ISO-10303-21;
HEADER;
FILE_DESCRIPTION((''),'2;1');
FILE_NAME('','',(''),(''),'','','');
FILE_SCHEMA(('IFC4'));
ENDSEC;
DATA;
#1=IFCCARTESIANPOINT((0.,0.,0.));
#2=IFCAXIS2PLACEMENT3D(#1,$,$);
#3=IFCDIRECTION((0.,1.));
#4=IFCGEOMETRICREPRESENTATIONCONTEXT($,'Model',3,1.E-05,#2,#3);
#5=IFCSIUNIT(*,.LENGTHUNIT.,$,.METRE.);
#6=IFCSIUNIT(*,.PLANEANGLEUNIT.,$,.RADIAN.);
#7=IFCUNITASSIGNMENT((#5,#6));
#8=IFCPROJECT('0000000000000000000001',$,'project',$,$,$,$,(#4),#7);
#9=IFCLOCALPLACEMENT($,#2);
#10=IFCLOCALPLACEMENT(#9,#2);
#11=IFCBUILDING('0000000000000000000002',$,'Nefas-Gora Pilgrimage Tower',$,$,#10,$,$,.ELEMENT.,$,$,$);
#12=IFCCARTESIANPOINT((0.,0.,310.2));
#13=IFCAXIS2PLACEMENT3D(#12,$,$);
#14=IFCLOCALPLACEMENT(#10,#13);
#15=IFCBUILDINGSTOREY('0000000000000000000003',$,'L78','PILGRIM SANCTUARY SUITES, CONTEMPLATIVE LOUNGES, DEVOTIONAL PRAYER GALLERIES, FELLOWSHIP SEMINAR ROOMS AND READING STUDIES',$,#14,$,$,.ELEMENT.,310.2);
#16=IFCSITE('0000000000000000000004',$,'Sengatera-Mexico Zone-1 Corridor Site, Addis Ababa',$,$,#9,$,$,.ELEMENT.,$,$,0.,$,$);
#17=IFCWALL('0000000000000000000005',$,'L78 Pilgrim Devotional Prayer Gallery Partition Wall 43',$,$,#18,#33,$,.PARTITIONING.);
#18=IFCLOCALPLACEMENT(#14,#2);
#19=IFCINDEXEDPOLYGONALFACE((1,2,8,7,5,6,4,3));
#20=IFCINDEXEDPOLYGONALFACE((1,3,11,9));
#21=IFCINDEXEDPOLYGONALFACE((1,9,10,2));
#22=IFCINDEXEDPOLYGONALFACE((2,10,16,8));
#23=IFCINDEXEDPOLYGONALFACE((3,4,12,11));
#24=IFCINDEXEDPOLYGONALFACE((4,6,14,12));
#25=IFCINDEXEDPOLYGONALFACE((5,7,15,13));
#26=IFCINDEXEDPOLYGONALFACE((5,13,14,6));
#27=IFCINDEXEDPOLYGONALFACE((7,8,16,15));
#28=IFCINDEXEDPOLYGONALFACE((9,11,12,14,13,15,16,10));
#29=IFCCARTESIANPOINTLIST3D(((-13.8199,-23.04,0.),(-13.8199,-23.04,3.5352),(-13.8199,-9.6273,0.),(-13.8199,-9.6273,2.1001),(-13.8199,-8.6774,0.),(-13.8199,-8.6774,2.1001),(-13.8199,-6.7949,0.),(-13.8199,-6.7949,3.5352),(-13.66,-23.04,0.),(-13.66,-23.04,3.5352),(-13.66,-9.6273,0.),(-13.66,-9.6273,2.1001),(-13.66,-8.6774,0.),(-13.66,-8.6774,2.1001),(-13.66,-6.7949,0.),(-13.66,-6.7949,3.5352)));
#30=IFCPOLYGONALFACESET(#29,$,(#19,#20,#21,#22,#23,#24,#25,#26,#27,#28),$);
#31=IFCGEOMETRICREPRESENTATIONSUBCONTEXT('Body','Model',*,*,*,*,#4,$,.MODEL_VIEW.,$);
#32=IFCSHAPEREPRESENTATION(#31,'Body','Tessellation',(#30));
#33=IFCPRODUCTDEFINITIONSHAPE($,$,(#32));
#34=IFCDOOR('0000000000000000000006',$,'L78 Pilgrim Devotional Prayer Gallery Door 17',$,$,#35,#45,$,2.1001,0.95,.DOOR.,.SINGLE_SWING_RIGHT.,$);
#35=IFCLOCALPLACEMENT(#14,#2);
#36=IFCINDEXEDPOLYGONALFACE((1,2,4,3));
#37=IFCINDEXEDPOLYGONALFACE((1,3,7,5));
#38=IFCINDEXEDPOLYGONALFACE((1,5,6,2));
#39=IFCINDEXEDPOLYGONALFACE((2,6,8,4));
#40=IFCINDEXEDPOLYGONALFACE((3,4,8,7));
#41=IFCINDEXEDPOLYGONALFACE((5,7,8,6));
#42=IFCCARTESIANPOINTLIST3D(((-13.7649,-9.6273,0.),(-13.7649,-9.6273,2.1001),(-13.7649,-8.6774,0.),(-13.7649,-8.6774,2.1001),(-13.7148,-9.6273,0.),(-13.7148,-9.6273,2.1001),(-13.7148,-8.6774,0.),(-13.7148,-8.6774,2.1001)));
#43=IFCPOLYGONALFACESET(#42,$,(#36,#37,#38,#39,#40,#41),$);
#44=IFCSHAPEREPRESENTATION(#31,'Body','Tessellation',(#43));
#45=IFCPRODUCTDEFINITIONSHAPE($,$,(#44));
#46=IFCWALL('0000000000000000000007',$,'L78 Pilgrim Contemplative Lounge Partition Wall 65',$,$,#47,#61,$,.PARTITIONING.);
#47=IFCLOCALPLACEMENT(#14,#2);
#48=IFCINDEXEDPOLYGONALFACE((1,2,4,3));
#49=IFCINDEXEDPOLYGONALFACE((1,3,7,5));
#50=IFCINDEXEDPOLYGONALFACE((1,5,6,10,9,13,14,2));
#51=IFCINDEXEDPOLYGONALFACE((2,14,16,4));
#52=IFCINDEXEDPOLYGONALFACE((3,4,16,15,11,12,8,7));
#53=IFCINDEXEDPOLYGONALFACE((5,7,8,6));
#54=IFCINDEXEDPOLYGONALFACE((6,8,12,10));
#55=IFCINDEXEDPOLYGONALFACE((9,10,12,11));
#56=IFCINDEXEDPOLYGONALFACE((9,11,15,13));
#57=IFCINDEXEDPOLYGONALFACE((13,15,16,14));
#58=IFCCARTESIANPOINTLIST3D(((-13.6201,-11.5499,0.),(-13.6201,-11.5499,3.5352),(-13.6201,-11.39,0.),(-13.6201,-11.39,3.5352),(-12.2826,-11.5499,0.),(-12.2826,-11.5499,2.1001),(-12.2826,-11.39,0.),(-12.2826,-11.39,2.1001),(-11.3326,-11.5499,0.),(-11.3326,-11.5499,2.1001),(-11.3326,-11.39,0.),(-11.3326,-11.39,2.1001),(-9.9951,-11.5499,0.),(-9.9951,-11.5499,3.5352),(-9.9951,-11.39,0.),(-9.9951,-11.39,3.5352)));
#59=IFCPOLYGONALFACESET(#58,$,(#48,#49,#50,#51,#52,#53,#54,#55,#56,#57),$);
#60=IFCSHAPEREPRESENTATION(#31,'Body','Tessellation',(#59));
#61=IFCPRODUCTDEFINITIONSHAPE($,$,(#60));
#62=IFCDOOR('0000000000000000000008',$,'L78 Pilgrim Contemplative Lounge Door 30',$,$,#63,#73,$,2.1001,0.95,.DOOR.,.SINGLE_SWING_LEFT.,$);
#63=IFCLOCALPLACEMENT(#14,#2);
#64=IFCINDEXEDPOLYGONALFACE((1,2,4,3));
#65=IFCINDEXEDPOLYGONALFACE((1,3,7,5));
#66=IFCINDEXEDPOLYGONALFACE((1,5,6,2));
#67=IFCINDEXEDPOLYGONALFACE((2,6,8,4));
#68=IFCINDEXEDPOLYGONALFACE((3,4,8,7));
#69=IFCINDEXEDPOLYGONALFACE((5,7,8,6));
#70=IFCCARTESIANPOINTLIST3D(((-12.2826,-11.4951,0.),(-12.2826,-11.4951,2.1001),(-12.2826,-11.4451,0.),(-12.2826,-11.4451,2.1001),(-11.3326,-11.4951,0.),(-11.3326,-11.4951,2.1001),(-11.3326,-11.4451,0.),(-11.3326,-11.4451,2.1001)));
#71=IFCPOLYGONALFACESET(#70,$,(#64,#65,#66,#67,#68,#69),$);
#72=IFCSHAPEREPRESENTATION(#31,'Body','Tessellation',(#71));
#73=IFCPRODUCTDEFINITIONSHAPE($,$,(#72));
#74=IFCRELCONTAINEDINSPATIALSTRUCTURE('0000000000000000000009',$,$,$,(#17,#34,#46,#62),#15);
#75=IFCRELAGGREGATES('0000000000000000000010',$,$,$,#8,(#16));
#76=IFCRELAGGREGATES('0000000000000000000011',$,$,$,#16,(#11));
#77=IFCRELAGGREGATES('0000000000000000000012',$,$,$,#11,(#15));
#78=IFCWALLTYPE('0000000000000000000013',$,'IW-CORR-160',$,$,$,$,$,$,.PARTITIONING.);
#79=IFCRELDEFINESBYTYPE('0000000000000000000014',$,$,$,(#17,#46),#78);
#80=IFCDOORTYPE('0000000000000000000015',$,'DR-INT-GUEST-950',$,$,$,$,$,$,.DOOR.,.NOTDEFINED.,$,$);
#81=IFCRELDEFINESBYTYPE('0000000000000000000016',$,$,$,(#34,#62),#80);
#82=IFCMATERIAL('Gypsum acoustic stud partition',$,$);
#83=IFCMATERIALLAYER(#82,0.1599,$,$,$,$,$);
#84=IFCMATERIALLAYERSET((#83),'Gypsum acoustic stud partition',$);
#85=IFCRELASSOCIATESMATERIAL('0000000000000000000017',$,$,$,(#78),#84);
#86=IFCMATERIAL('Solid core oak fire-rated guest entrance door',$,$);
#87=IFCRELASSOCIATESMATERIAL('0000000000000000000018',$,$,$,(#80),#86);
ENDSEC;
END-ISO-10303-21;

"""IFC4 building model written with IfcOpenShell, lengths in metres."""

from ifc_helpers import new_model, si_unit, direction, frame, frame_2d, origin, place, context, subcontext, project, spatial, rectangle, extrude, source, transform, mapped, material, layer, layer_set, type_object, element, fill, save


model = new_model("IFC4")

# Units and contexts
model_context = context("Model", 3, precision=1e-05, world=origin(), true_north=direction((0.0, 1.0)))
body_context = subcontext(model_context, "Body", "Model", "MODEL_VIEW")
ifc_project = project(units=[si_unit("LENGTHUNIT", "METRE"), si_unit("PLANEANGLEUNIT", "RADIAN")], contexts=[model_context])

# Site, building, storey
site_placement = place(None, origin())
site = spatial("IfcSite", under=ifc_project, at=site_placement, Name="Sengatera-Mexico Zone-1 Corridor Site, Addis Ababa", CompositionType="ELEMENT", RefElevation=0.0)
building_placement = place(site_placement, origin())
building = spatial("IfcBuilding", under=site, at=building_placement, Name="Nefas-Gora Pilgrimage Tower", CompositionType="ELEMENT")
storey_placement = place(building_placement, frame((0.0, 0.0, 310.2)))
storey = spatial("IfcBuildingStorey", under=building, at=storey_placement, Name="L78", Description="PILGRIM SANCTUARY SUITES, CONTEMPLATIVE LOUNGES, DEVOTIONAL PRAYER GALLERIES, FELLOWSHIP SEMINAR ROOMS AND READING STUDIES", CompositionType="ELEMENT", Elevation=310.2)

# Walls, openings, doors
ifc_material_1 = material(Name="Gypsum acoustic stud partition")
ifc_layer_1 = layer(ifc_material_1, 0.1599)
ifc_layer_set_1 = layer_set([ifc_layer_1], Name="Gypsum acoustic stud partition")
wall_type_1 = type_object("IfcWallType", Name="IW-CORR-160", PredefinedType="PARTITIONING", material=ifc_layer_set_1)
shared_shape_1 = source(origin(), body_context, "Body", "SweptSolid", [
    extrude(rectangle(XDim=16.2451, YDim=0.1599, at=frame_2d((8.1226, 0.0))), origin(), (0.0, 0.0, 1.0), 3.5352),
])
wall_1_placement = place(storey_placement, frame((-13.74, -23.04, 0.0), z_axis=(0.0, 0.0, 1.0), x_axis=(0.0, 1.0, 0.0)))
wall_1 = element("IfcWall", 1, at=wall_1_placement, inside=storey, type_object=wall_type_1, Name="L78 Pilgrim Devotional Prayer Gallery Partition Wall 43", PredefinedType="PARTITIONING", context=body_context, shape_type="MappedRepresentation", body=[
    mapped(shared_shape_1, transform((0.0, 0.0, 0.0), x_axis=(1.0, 0.0, 0.0), y_axis=(0.0, 1.0, 0.0), z_axis=(0.0, 0.0, 1.0), scale=1.0)),
])
opening_1_placement = place(wall_1_placement, frame((13.4126, 0.0, 0.0)))
opening_1 = element("IfcOpeningElement", 2, at=opening_1_placement, cuts=wall_1, PredefinedType="OPENING", context=body_context, shape_type="SweptSolid", body=[
    extrude(rectangle(XDim=0.95, YDim=2.1001, at=frame_2d((0.4751, 1.05))), frame((0.0, 0.0898, 0.0), z_axis=(0.0, -1.0, 0.0), x_axis=(1.0, 0.0, 0.0)), (0.0, 0.0, 1.0), 0.1799),
])
ifc_material_2 = material(Name="Solid core oak fire-rated guest entrance door")
door_type = type_object("IfcDoorType", Name="DR-INT-GUEST-950", OperationType="NOTDEFINED", PredefinedType="DOOR", material=ifc_material_2)
shared_shape_2 = source(origin(), body_context, "Body", "SweptSolid", [
    extrude(rectangle(XDim=0.95, YDim=2.1001, at=frame_2d((0.4751, 1.05))), frame((0.0, 0.0249, 0.0), z_axis=(0.0, -1.0, 0.0), x_axis=(1.0, 0.0, 0.0)), (0.0, 0.0, 1.0), 0.05),
])
door_1_placement = place(opening_1_placement, origin())
door_1 = element("IfcDoor", 3, at=door_1_placement, inside=storey, type_object=door_type, Name="L78 Pilgrim Devotional Prayer Gallery Door 17", OperationType="SINGLE_SWING_RIGHT", OverallHeight=2.1001, OverallWidth=0.95, PredefinedType="DOOR", context=body_context, shape_type="MappedRepresentation", body=[
    mapped(shared_shape_2, transform((0.0, 0.0, 0.0), x_axis=(1.0, 0.0, 0.0), y_axis=(0.0, 1.0, 0.0), z_axis=(0.0, 0.0, 1.0), scale=1.0)),
])
fill(opening_1, door_1)
shared_shape_3 = source(origin(), body_context, "Body", "SweptSolid", [
    extrude(rectangle(XDim=3.625, YDim=0.1599, at=frame_2d((1.8125, 0.0))), origin(), (0.0, 0.0, 1.0), 3.5352),
])
wall_2_placement = place(storey_placement, frame((-13.6201, -11.47, 0.0), z_axis=(0.0, 0.0, 1.0), x_axis=(1.0, 0.0, 0.0)))
wall_2 = element("IfcWall", 4, at=wall_2_placement, inside=storey, type_object=wall_type_1, Name="L78 Pilgrim Contemplative Lounge Partition Wall 65", PredefinedType="PARTITIONING", context=body_context, shape_type="MappedRepresentation", body=[
    mapped(shared_shape_3, transform((0.0, 0.0, 0.0), x_axis=(1.0, 0.0, 0.0), y_axis=(0.0, 1.0, 0.0), z_axis=(0.0, 0.0, 1.0), scale=1.0)),
])
opening_2_placement = place(wall_2_placement, frame((1.3374, 0.0, 0.0)))
opening_2 = element("IfcOpeningElement", 5, at=opening_2_placement, cuts=wall_2, PredefinedType="OPENING", context=body_context, shape_type="SweptSolid", body=[
    extrude(rectangle(XDim=0.95, YDim=2.1001, at=frame_2d((0.4751, 1.05))), frame((0.0, 0.0898, 0.0), z_axis=(0.0, -1.0, 0.0), x_axis=(1.0, 0.0, 0.0)), (0.0, 0.0, 1.0), 0.1799),
])
door_2_placement = place(opening_2_placement, origin())
door_2 = element("IfcDoor", 6, at=door_2_placement, inside=storey, type_object=door_type, Name="L78 Pilgrim Contemplative Lounge Door 30", OperationType="SINGLE_SWING_LEFT", OverallHeight=2.1001, OverallWidth=0.95, PredefinedType="DOOR", context=body_context, shape_type="MappedRepresentation", body=[
    mapped(shared_shape_2, transform((0.0, 0.0, 0.0), x_axis=(1.0, 0.0, 0.0), y_axis=(0.0, 1.0, 0.0), z_axis=(0.0, 0.0, 1.0), scale=1.0)),
])
fill(opening_2, door_2)

save(model, "model.ifc")
